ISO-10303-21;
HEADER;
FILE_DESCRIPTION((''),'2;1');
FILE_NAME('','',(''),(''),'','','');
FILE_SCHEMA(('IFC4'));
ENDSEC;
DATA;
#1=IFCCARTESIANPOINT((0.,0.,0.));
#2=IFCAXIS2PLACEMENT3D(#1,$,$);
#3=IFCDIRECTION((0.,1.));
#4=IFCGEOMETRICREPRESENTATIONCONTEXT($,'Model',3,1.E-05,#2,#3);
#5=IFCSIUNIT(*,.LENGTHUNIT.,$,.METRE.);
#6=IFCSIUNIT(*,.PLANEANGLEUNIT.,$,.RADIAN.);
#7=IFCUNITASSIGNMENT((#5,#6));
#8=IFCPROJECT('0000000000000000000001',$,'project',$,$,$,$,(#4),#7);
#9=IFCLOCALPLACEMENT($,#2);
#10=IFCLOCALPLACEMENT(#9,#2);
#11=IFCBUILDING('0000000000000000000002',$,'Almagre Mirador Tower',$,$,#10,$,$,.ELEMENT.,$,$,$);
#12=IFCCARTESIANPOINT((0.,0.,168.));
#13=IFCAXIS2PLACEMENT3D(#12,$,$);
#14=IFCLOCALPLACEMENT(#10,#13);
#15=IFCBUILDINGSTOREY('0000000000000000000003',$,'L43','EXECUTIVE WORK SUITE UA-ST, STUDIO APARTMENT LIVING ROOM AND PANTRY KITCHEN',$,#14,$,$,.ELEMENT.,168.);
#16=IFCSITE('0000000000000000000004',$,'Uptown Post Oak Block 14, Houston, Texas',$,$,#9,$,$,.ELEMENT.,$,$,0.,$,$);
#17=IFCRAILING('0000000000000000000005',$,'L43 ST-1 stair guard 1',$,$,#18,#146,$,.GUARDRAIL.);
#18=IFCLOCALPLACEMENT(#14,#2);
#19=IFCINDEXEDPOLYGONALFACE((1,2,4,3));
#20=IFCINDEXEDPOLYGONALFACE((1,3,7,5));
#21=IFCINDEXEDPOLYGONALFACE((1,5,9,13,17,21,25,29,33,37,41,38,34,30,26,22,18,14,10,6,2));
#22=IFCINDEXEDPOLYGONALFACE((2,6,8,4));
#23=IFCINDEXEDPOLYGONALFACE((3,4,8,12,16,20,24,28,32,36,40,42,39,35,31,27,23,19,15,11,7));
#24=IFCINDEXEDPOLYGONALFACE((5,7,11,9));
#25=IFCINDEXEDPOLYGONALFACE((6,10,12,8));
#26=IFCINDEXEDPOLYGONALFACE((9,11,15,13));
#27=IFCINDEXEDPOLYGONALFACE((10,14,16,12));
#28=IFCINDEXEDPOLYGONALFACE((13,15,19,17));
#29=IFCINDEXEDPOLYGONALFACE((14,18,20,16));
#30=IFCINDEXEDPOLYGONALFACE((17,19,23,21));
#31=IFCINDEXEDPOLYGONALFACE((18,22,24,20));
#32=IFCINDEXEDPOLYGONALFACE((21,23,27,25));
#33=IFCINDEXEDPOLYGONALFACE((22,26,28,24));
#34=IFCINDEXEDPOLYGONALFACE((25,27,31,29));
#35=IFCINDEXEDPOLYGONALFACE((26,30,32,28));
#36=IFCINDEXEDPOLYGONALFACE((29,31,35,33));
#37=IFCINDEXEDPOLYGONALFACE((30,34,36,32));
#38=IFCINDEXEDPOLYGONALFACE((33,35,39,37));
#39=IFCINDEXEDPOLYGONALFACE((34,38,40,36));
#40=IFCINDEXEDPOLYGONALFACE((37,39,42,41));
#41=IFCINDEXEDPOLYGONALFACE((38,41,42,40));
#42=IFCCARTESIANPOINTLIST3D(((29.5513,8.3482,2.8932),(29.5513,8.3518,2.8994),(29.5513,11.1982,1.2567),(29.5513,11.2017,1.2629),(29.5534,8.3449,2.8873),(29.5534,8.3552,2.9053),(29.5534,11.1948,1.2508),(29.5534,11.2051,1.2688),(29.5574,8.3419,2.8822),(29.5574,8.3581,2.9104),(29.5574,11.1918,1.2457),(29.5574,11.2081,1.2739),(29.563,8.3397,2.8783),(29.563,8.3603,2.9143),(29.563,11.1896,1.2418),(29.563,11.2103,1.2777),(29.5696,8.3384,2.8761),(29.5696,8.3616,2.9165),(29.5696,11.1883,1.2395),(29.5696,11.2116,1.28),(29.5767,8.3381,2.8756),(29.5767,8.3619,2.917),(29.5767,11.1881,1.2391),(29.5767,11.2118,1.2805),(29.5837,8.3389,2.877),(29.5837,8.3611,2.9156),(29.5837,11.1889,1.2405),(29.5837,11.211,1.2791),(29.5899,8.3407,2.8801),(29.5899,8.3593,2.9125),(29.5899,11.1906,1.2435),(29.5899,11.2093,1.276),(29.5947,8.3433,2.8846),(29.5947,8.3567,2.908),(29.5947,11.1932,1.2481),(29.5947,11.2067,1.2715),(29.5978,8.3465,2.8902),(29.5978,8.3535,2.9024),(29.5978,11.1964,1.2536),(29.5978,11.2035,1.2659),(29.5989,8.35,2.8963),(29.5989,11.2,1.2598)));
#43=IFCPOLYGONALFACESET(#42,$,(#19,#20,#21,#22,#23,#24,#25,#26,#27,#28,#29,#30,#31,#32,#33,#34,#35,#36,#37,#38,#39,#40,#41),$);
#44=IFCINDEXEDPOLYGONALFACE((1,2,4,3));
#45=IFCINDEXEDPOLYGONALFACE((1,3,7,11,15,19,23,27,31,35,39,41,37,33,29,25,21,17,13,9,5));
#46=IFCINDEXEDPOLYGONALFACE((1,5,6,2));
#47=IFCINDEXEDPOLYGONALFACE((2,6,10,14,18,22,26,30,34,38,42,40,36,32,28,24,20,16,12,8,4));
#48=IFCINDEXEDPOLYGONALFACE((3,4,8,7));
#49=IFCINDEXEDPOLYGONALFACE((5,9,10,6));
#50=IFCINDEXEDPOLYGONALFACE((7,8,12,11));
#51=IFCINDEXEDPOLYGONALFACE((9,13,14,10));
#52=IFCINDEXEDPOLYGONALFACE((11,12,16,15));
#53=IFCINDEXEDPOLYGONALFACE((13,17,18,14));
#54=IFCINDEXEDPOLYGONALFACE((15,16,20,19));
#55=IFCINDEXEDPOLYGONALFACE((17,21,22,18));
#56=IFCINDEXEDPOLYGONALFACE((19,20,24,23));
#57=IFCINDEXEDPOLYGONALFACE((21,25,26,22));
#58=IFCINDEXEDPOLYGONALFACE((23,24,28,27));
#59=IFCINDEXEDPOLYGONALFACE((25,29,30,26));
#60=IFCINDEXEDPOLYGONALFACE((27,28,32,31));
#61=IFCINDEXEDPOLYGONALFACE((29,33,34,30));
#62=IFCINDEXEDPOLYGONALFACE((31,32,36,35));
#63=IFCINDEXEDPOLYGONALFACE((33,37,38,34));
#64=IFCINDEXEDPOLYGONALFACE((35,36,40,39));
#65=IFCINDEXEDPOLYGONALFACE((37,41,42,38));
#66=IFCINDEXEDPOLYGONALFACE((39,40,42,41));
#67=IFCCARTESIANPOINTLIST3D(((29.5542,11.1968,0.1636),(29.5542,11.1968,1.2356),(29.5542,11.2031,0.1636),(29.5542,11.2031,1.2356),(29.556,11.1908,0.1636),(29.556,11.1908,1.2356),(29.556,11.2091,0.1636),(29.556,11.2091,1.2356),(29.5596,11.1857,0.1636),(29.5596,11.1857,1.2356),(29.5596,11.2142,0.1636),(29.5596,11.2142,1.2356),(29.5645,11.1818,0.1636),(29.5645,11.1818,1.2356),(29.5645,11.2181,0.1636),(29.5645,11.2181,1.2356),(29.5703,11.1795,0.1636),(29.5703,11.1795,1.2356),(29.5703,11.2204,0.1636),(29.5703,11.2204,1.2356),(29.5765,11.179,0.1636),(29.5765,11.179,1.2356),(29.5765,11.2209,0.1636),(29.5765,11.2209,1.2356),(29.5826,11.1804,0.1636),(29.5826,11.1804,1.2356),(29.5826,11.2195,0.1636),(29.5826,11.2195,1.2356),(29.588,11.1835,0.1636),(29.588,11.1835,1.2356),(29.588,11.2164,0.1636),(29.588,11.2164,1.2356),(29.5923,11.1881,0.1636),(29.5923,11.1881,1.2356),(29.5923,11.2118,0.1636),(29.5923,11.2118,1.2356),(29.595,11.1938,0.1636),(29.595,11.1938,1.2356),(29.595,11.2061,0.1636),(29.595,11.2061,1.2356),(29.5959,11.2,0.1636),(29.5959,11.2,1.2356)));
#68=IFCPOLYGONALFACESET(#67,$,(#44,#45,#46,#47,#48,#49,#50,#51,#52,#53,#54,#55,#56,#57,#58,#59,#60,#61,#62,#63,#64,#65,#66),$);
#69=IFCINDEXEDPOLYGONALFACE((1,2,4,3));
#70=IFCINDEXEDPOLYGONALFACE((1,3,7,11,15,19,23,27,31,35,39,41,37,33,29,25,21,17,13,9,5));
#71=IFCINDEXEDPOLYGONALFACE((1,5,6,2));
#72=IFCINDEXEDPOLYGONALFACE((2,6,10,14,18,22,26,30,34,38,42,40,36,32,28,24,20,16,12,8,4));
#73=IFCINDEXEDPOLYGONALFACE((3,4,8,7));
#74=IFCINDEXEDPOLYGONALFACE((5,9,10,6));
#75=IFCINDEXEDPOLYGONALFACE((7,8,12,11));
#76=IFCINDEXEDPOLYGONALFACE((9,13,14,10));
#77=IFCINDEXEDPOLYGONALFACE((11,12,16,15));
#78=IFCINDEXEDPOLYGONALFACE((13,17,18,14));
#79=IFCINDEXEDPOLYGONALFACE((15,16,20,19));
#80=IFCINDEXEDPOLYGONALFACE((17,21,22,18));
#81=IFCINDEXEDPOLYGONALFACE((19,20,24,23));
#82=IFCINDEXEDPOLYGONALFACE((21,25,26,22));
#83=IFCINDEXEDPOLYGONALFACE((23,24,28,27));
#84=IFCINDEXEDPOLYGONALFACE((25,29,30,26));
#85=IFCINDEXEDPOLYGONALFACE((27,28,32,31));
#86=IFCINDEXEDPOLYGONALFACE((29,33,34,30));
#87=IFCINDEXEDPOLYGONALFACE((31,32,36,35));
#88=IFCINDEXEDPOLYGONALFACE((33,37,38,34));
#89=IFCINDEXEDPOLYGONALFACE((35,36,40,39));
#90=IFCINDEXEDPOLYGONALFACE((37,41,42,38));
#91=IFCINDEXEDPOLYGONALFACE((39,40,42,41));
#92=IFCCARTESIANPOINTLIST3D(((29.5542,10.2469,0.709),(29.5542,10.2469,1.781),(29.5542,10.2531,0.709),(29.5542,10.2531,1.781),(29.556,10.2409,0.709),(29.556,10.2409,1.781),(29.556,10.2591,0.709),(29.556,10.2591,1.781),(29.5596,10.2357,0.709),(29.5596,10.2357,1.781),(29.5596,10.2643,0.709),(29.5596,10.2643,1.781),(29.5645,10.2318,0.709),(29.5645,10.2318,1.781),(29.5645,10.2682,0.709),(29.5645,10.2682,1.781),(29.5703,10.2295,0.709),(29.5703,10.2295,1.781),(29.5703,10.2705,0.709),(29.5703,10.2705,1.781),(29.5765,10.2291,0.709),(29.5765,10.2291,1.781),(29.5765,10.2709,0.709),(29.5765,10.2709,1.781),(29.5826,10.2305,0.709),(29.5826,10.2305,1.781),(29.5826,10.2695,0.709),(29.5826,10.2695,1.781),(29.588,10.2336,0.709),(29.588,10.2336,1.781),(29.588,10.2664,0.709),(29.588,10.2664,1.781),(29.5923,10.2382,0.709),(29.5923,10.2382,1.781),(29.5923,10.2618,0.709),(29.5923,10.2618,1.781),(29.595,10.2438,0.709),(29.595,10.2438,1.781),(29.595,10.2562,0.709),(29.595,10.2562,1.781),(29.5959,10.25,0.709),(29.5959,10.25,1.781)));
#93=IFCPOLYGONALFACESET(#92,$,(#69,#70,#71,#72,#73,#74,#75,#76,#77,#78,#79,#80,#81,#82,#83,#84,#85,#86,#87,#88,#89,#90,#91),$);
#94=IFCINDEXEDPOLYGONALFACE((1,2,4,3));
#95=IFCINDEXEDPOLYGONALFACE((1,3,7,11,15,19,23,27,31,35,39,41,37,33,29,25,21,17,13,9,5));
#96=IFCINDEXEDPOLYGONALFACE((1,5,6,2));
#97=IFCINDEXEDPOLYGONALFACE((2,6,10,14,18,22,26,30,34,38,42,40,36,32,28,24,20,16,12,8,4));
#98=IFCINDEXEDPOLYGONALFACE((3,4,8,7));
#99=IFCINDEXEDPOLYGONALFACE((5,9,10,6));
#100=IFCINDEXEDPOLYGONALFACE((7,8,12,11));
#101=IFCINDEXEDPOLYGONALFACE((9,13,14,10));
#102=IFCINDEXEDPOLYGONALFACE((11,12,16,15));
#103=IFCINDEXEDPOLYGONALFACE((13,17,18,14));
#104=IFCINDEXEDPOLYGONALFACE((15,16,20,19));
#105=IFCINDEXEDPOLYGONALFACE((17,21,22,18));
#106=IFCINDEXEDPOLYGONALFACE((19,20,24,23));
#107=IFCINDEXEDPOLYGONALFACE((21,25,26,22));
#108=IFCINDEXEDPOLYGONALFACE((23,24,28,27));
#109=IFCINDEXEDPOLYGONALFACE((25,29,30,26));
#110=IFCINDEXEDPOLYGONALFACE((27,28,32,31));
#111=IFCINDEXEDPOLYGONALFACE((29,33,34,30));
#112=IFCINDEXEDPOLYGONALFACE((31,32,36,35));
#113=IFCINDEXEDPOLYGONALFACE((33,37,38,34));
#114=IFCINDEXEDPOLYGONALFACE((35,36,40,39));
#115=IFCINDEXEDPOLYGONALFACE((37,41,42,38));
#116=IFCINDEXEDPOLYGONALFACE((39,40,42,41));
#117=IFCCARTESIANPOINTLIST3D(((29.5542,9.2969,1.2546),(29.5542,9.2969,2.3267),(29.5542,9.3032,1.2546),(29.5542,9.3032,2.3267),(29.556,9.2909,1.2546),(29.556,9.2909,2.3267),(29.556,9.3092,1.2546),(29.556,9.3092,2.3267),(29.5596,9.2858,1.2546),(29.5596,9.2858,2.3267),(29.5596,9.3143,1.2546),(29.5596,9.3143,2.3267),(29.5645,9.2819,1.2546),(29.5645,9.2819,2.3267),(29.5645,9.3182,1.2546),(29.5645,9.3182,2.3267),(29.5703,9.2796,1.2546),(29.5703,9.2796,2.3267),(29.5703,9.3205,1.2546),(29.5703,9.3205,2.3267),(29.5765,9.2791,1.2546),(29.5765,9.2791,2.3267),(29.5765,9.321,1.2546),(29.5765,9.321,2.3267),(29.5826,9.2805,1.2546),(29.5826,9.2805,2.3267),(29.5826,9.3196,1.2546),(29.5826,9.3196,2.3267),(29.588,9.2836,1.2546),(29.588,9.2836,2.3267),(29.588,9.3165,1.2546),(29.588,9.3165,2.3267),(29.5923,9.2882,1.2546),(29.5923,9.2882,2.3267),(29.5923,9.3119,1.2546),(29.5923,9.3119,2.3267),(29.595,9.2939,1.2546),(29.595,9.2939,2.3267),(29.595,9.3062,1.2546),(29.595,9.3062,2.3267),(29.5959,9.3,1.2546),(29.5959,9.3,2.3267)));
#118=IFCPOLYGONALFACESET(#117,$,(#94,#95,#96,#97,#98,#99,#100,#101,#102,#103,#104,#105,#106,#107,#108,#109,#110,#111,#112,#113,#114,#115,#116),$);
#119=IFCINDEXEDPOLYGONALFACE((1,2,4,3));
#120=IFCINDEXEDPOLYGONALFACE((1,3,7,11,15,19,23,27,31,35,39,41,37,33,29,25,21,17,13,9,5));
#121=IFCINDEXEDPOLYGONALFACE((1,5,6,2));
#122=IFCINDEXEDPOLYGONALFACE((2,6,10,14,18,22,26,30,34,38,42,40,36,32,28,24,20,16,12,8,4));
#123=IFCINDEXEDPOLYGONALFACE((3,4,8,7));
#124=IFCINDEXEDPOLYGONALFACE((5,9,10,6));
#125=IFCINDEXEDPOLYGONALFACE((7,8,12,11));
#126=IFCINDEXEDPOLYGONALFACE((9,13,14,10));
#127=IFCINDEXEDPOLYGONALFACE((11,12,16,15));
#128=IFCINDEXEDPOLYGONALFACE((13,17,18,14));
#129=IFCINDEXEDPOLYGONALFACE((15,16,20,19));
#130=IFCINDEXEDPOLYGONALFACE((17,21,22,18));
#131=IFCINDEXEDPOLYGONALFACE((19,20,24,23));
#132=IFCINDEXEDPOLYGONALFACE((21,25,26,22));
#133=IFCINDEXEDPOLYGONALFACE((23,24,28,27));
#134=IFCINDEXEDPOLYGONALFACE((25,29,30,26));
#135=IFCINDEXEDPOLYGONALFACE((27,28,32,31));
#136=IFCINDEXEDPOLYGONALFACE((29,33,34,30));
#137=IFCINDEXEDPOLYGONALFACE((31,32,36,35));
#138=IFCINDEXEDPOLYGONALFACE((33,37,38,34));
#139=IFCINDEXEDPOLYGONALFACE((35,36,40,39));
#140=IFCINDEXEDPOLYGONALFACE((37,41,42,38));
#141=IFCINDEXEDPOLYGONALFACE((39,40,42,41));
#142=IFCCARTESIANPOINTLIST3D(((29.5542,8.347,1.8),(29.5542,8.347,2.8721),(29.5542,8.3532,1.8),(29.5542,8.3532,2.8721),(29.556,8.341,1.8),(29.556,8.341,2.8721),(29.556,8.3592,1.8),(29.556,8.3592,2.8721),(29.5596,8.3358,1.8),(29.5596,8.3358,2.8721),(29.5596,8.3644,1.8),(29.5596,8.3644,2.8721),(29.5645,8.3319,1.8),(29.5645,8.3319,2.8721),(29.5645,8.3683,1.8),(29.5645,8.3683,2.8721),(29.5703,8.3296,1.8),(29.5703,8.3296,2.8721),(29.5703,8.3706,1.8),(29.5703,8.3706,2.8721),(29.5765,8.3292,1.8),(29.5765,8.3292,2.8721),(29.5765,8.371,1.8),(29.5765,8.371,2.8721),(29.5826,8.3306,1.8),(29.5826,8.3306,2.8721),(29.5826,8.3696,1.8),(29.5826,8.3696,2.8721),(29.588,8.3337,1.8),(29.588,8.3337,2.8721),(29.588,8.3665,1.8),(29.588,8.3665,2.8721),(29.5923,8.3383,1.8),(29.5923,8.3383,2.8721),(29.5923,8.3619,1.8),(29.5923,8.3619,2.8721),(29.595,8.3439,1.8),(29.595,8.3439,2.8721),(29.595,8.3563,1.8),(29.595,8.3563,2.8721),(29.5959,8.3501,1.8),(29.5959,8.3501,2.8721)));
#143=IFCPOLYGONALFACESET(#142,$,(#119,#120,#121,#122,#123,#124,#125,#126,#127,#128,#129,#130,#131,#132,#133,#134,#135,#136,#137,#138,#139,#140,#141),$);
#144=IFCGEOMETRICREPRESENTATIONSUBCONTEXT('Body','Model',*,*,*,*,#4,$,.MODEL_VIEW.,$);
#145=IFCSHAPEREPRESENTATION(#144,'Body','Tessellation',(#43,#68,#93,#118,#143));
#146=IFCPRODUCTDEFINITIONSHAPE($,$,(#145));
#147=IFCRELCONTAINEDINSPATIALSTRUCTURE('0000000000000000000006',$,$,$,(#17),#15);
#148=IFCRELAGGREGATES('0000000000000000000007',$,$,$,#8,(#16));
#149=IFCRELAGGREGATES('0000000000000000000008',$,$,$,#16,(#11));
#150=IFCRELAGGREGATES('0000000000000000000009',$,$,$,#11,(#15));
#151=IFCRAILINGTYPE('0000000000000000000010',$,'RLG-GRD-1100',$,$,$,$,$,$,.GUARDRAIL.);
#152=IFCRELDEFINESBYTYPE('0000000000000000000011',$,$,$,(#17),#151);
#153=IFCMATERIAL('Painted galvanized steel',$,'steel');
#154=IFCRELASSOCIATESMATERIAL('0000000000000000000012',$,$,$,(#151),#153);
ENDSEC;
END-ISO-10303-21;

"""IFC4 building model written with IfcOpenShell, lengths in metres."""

from ifc_helpers import new_model, si_unit, direction, frame, origin, origin_2d, place, context, subcontext, project, spatial, circle, extrude, material, type_object, element, save


model = new_model("IFC4")

# Units and contexts
model_context = context("Model", 3, precision=1e-05, world=origin(), true_north=direction((0.0, 1.0)))
body_context = subcontext(model_context, "Body", "Model", "MODEL_VIEW")
ifc_project = project(units=[si_unit("LENGTHUNIT", "METRE"), si_unit("PLANEANGLEUNIT", "RADIAN")], contexts=[model_context])

# Site, building, storey
site_placement = place(None, origin())
site = spatial("IfcSite", under=ifc_project, at=site_placement, Name="Uptown Post Oak Block 14, Houston, Texas", CompositionType="ELEMENT", RefElevation=0.0)
building_placement = place(site_placement, origin())
building = spatial("IfcBuilding", under=site, at=building_placement, Name="Almagre Mirador Tower", CompositionType="ELEMENT")
storey_placement = place(building_placement, frame((0.0, 0.0, 168.0)))
storey = spatial("IfcBuildingStorey", under=building, at=storey_placement, Name="L43", Description="EXECUTIVE WORK SUITE UA-ST, STUDIO APARTMENT LIVING ROOM AND PANTRY KITCHEN", CompositionType="ELEMENT", Elevation=168.0)

# Railing
ifc_material_1 = material(Name="Painted galvanized steel", Category="steel")
railing_type_1 = type_object("IfcRailingType", Name="RLG-GRD-1100", PredefinedType="GUARDRAIL", material=ifc_material_1)
railing_1_placement = place(storey_placement, frame((29.575, 11.2, 0.1636)))
element("IfcRailing", 1, at=railing_1_placement, inside=storey, type_object=railing_type_1, Name="L43 ST-1 stair guard 1", PredefinedType="GUARDRAIL", context=body_context, shape_type="SweptSolid", body=[
    extrude(circle(Radius=0.0239, at=origin_2d()), frame((0.0, 0.0, 1.0962), z_axis=(0.0, -0.867194, 0.49797), x_axis=(1.0, 0.0, 0.0)), (0.0, 0.0, 1.0), 3.2864),
    extrude(circle(Radius=0.021, at=origin_2d()), origin(), (0.0, 0.0, 1.0), 1.072),
    extrude(circle(Radius=0.021, at=origin_2d()), frame((0.0, -0.95, 0.5454)), (0.0, 0.0, 1.0), 1.072),
    extrude(circle(Radius=0.021, at=origin_2d()), frame((0.0, -1.8999, 1.0911)), (0.0, 0.0, 1.0), 1.072),
    extrude(circle(Radius=0.021, at=origin_2d()), frame((0.0, -2.8499, 1.6365)), (0.0, 0.0, 1.0), 1.072),
])

save(model, "model.ifc")
